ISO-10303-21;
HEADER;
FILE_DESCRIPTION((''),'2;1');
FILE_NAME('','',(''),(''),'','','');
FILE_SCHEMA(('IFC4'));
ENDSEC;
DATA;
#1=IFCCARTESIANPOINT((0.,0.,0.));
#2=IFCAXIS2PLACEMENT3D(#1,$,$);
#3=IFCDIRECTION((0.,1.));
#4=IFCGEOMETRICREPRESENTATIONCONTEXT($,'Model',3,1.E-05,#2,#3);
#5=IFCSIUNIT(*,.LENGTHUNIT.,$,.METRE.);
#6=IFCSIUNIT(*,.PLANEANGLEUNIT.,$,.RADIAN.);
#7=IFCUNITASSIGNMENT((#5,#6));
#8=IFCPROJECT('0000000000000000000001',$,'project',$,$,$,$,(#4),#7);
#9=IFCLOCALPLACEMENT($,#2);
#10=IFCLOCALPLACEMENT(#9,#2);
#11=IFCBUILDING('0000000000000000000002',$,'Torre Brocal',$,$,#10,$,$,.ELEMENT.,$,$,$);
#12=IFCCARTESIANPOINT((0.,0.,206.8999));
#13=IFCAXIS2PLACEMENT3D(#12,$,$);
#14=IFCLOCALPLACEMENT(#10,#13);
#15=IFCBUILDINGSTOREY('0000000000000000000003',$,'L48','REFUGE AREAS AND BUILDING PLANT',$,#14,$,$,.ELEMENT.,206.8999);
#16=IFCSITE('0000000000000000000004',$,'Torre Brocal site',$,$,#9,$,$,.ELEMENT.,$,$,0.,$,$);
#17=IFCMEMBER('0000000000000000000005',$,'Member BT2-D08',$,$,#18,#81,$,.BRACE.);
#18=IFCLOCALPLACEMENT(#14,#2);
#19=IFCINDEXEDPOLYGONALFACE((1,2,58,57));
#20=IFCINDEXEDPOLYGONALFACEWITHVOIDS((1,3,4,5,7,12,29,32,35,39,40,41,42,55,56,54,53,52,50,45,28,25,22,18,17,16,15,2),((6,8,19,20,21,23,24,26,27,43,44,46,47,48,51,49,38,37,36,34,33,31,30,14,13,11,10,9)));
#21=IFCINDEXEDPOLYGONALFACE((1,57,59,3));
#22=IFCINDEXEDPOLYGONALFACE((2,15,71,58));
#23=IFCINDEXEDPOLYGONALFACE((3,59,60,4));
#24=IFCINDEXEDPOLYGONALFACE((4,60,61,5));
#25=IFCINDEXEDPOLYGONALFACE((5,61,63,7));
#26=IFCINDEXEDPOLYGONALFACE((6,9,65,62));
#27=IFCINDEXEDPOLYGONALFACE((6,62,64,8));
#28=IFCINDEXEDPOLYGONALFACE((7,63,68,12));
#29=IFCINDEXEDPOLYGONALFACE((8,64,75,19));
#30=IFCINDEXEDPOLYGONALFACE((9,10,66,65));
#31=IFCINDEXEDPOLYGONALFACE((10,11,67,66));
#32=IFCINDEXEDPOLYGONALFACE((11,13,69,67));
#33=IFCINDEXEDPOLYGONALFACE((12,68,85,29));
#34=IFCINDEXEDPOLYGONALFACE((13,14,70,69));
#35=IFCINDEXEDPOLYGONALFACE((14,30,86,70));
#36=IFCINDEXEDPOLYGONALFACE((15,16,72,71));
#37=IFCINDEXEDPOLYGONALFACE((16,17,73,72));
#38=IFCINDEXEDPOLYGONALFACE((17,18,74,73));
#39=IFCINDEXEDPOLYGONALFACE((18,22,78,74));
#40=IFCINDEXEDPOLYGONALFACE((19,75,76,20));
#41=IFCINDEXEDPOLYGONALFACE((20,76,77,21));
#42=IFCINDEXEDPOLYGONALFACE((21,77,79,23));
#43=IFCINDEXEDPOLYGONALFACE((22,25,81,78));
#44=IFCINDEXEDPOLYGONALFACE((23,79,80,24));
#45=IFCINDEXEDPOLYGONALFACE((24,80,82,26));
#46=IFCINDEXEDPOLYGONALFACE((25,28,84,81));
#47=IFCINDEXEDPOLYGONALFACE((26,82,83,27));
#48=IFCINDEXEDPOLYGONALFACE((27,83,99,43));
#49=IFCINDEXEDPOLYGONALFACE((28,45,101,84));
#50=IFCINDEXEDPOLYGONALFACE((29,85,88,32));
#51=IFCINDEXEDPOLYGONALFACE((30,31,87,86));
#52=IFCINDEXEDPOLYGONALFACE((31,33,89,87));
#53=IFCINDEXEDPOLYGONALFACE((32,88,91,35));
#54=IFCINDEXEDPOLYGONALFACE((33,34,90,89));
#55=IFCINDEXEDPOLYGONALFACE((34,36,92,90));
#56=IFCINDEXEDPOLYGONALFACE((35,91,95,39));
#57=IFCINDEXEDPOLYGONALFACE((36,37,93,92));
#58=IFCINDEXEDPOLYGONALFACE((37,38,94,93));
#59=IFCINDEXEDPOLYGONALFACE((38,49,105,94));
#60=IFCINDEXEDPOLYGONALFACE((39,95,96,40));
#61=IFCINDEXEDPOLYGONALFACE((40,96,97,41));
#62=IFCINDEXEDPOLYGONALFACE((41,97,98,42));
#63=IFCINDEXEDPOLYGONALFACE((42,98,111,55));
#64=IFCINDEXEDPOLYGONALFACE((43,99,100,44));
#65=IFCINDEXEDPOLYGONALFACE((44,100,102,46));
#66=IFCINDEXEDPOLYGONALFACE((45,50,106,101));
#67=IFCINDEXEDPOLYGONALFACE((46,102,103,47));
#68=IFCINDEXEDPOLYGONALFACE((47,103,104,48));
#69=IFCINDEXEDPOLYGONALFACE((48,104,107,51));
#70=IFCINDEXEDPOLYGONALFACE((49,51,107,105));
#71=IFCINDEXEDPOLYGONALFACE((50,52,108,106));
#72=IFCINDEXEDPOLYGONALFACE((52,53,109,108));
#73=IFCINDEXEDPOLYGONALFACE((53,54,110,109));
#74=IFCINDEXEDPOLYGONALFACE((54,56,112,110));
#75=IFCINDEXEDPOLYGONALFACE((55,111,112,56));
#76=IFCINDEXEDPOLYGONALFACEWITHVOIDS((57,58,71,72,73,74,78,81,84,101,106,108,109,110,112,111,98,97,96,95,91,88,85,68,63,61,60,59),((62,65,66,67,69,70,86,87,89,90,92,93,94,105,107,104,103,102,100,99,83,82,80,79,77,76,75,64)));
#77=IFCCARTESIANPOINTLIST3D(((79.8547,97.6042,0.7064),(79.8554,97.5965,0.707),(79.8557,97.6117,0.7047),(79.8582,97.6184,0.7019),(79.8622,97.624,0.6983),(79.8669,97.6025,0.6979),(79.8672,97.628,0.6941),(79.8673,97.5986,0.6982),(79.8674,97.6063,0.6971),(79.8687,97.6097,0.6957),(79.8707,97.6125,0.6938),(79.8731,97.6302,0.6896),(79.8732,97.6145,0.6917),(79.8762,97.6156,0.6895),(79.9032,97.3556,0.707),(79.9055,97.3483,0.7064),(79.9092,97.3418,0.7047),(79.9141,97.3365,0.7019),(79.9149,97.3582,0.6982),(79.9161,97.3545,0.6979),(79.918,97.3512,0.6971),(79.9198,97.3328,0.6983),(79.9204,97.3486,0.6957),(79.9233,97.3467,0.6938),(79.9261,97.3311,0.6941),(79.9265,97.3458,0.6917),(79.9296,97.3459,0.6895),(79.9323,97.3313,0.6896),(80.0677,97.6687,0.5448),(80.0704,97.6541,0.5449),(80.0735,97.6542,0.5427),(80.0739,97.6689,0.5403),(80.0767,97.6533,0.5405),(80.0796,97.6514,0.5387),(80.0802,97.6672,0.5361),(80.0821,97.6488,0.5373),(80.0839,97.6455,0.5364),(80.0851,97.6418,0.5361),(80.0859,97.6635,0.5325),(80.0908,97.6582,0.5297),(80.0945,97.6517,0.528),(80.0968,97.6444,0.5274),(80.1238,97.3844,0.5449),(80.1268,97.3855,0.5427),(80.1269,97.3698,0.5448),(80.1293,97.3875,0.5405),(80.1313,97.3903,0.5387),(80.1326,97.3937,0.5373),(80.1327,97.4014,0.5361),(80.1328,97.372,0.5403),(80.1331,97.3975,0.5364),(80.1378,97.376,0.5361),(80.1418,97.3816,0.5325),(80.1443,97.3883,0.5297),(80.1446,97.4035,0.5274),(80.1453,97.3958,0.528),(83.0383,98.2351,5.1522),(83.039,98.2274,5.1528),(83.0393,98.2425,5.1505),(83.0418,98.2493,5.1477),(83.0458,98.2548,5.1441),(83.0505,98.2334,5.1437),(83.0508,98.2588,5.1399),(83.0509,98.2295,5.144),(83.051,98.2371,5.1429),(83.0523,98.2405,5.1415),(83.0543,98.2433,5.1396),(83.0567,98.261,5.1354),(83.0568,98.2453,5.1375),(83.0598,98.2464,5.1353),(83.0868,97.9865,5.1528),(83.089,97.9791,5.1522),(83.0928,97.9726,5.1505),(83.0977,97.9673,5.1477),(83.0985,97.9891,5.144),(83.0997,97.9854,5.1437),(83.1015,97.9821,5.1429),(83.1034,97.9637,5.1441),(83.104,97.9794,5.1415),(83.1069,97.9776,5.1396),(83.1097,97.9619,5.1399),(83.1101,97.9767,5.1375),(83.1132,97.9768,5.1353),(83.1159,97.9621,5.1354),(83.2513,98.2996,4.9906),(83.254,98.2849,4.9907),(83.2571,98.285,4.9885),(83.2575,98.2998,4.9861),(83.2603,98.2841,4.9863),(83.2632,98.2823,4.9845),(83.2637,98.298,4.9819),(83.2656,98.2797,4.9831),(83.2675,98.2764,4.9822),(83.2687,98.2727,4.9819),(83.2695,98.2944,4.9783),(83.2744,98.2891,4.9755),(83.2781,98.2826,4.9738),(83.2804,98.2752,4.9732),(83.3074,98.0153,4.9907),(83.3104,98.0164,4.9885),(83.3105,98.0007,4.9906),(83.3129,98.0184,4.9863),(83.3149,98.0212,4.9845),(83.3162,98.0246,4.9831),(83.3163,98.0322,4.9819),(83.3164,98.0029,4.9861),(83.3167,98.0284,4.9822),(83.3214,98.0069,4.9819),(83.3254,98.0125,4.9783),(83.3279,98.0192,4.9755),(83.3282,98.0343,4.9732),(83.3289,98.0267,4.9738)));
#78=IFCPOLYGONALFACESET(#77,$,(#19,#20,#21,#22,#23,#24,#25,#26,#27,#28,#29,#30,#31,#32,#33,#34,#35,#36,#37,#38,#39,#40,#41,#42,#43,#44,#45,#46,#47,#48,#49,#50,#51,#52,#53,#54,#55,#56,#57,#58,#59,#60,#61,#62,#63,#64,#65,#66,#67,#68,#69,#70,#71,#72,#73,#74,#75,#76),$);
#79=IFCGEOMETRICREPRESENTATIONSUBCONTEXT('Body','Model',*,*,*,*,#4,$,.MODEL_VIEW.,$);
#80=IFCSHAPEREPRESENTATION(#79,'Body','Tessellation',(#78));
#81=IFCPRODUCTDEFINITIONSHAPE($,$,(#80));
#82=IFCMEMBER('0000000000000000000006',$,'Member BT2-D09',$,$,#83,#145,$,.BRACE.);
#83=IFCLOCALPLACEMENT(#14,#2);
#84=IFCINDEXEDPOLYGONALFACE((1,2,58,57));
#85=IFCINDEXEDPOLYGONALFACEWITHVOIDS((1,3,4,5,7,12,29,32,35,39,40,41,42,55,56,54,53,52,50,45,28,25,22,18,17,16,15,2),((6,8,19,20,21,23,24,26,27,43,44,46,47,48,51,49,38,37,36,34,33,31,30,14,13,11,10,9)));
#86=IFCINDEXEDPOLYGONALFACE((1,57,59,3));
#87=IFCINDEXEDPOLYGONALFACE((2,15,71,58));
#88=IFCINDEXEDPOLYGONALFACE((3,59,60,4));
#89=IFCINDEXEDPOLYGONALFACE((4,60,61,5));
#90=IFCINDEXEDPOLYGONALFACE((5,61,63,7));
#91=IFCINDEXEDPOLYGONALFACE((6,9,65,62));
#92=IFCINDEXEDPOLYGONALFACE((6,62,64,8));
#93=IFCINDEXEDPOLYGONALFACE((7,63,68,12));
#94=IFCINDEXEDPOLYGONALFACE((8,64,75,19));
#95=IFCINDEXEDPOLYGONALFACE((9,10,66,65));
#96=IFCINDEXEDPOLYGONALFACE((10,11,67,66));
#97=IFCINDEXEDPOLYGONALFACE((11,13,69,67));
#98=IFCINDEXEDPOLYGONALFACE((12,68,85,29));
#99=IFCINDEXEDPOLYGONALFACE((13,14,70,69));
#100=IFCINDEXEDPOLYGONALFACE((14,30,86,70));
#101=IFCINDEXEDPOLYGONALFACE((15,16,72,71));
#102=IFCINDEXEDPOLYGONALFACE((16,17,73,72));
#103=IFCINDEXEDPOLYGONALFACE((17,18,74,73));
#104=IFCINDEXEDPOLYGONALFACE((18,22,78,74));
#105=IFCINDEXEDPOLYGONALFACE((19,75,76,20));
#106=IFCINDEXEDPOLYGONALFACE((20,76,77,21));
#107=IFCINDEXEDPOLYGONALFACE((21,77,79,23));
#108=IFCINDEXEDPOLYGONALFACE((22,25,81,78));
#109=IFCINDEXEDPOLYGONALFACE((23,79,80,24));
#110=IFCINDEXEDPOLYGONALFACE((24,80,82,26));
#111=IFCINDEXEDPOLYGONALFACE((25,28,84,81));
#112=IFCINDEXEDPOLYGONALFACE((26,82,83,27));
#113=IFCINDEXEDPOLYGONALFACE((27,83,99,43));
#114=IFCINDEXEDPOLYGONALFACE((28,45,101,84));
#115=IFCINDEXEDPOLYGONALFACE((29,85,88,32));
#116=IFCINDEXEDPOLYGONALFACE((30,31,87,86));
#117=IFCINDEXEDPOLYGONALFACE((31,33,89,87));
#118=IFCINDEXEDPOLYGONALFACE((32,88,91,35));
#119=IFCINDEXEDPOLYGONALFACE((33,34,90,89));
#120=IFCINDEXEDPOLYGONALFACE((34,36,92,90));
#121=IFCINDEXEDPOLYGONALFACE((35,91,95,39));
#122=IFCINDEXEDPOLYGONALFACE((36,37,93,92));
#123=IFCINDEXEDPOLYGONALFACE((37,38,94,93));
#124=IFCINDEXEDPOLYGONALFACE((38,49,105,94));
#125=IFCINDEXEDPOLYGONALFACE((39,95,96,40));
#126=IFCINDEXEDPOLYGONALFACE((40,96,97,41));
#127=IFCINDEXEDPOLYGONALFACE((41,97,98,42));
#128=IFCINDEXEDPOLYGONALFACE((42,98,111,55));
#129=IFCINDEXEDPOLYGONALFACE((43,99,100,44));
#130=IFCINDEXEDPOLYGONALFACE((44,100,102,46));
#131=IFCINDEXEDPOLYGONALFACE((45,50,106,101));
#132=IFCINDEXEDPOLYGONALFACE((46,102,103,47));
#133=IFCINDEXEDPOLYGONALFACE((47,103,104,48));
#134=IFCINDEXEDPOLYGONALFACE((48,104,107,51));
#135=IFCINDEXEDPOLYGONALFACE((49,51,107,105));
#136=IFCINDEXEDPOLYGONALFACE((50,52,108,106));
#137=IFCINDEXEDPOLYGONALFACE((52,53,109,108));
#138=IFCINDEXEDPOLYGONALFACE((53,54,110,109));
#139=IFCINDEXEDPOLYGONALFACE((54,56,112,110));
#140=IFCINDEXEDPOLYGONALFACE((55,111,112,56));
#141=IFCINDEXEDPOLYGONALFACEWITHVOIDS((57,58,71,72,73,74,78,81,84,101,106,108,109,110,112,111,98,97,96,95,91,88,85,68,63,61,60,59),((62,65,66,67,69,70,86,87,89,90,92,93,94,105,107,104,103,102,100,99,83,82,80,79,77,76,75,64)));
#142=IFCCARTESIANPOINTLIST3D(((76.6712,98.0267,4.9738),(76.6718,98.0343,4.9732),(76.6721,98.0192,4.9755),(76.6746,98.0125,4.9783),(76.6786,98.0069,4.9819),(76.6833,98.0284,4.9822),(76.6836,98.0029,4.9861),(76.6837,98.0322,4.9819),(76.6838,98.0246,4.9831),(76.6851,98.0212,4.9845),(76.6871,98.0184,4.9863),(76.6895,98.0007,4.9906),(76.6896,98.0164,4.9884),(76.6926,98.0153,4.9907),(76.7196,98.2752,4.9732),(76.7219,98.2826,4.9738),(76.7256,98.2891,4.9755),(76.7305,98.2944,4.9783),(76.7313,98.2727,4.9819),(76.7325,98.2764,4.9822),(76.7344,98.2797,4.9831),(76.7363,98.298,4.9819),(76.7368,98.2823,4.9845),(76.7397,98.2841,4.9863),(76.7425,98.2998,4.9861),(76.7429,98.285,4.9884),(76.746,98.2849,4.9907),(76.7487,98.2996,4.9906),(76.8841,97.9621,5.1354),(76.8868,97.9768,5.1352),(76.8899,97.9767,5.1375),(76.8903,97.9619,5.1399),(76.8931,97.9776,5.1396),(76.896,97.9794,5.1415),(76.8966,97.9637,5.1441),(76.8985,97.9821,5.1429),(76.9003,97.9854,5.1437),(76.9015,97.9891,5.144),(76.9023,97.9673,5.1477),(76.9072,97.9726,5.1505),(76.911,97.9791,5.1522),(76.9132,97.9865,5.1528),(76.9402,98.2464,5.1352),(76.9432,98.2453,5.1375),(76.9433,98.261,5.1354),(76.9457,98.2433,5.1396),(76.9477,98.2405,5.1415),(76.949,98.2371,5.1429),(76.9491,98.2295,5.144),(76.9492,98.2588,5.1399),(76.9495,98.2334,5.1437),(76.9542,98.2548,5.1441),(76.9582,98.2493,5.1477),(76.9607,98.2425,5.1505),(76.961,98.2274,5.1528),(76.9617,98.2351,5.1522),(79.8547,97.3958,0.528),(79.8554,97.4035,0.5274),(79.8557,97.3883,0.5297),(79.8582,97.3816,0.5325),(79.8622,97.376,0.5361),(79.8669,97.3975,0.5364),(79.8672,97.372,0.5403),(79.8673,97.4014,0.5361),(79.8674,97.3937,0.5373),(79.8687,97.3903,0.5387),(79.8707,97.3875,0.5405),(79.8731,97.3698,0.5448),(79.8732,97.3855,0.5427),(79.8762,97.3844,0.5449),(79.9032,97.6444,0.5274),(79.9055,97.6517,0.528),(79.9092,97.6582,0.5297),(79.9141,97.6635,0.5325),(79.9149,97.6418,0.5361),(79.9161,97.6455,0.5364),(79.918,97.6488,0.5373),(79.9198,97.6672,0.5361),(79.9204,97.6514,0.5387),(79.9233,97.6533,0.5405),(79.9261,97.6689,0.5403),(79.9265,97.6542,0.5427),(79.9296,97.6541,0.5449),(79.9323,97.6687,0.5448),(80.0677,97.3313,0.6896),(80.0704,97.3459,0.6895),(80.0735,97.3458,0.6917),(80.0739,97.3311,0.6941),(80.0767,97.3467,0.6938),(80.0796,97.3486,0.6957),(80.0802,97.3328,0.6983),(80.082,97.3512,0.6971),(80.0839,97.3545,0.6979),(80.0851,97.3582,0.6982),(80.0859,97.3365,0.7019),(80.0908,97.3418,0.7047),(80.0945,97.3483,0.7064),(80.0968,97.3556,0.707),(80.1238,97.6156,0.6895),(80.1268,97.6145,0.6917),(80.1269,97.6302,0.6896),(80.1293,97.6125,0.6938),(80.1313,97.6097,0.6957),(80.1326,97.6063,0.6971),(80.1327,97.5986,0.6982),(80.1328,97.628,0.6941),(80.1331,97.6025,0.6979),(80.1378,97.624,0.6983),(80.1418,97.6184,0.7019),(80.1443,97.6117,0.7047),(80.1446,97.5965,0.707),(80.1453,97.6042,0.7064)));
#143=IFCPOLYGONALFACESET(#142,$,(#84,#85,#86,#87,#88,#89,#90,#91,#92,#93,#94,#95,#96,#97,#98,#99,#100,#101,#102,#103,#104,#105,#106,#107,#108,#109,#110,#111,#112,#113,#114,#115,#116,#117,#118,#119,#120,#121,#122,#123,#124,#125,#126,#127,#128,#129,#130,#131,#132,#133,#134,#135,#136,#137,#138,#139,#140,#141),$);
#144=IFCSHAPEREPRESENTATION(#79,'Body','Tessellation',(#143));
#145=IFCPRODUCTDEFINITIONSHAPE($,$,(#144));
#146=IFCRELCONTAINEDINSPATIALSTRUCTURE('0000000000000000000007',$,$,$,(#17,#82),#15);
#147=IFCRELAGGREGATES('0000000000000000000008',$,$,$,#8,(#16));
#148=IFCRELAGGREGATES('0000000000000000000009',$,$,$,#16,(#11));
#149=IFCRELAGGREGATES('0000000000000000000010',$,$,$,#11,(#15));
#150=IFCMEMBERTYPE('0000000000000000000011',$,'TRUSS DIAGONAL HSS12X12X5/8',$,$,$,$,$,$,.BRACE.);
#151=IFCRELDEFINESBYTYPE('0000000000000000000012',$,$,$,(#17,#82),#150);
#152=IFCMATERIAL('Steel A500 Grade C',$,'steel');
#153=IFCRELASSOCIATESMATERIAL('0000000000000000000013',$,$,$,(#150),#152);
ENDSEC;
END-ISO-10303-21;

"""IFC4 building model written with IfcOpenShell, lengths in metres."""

from ifc_helpers import new_model, si_unit, direction, frame, origin, origin_2d, place, context, subcontext, project, spatial, hollow_rectangle, extrude, material, material_profile, profile_set, type_object, element, save


model = new_model("IFC4")

# Units and contexts
model_context = context("Model", 3, precision=1e-05, world=origin(), true_north=direction((0.0, 1.0)))
body_context = subcontext(model_context, "Body", "Model", "MODEL_VIEW")
ifc_project = project(units=[si_unit("LENGTHUNIT", "METRE"), si_unit("PLANEANGLEUNIT", "RADIAN")], contexts=[model_context])

# Site, building, storey
site_placement = place(None, origin())
site = spatial("IfcSite", under=ifc_project, at=site_placement, Name="Torre Brocal site", CompositionType="ELEMENT", RefElevation=0.0)
building_placement = place(site_placement, origin())
building = spatial("IfcBuilding", under=site, at=building_placement, Name="Torre Brocal", CompositionType="ELEMENT")
storey_placement = place(building_placement, frame((0.0, 0.0, 206.8999)))
storey = spatial("IfcBuildingStorey", under=building, at=storey_placement, Name="L48", Description="REFUGE AREAS AND BUILDING PLANT", CompositionType="ELEMENT", Elevation=206.8999)

# Members
ifc_material_1 = material(Name="Steel A500 Grade C", Category="steel")
ifc_material_profile_1 = material_profile(ifc_material_1, hollow_rectangle(XDim=0.3047, YDim=0.3047, WallThickness=0.0149, InnerFilletRadius=0.0149, OuterFilletRadius=0.0295, at=origin_2d()), Name="HSS12X12X5/8")
ifc_profile_set_1 = profile_set([ifc_material_profile_1], Name="Steel A500 Grade C")
member_type_1 = type_object("IfcMemberType", Name="TRUSS DIAGONAL HSS12X12X5/8", PredefinedType="BRACE", material=ifc_profile_set_1)
for number, where, z_axis, x_axis, name in (
    (1, (83.1836, 98.1309, 5.063), (-0.578373, -0.11461, -0.807682), (0.19438, -0.980926, 0.0), "Member BT2-D08"),
    (2, (80.0, 97.5, 0.6172), (-0.578373, 0.11461, 0.807682), (-0.19438, -0.980926, 0.0), "Member BT2-D09"),
):
    element("IfcMember", number, at=place(storey_placement, frame(where, z_axis=z_axis, x_axis=x_axis)), inside=storey, type_object=member_type_1, Name=name, PredefinedType="BRACE", context=body_context, shape_type="SweptSolid", body=[
        extrude(hollow_rectangle(XDim=0.3047, YDim=0.3047, WallThickness=0.0149, InnerFilletRadius=0.0149, OuterFilletRadius=0.0295, at=origin_2d()), origin(), (0.0, 0.0, 1.0), 5.5044),
    ])

save(model, "model.ifc")
